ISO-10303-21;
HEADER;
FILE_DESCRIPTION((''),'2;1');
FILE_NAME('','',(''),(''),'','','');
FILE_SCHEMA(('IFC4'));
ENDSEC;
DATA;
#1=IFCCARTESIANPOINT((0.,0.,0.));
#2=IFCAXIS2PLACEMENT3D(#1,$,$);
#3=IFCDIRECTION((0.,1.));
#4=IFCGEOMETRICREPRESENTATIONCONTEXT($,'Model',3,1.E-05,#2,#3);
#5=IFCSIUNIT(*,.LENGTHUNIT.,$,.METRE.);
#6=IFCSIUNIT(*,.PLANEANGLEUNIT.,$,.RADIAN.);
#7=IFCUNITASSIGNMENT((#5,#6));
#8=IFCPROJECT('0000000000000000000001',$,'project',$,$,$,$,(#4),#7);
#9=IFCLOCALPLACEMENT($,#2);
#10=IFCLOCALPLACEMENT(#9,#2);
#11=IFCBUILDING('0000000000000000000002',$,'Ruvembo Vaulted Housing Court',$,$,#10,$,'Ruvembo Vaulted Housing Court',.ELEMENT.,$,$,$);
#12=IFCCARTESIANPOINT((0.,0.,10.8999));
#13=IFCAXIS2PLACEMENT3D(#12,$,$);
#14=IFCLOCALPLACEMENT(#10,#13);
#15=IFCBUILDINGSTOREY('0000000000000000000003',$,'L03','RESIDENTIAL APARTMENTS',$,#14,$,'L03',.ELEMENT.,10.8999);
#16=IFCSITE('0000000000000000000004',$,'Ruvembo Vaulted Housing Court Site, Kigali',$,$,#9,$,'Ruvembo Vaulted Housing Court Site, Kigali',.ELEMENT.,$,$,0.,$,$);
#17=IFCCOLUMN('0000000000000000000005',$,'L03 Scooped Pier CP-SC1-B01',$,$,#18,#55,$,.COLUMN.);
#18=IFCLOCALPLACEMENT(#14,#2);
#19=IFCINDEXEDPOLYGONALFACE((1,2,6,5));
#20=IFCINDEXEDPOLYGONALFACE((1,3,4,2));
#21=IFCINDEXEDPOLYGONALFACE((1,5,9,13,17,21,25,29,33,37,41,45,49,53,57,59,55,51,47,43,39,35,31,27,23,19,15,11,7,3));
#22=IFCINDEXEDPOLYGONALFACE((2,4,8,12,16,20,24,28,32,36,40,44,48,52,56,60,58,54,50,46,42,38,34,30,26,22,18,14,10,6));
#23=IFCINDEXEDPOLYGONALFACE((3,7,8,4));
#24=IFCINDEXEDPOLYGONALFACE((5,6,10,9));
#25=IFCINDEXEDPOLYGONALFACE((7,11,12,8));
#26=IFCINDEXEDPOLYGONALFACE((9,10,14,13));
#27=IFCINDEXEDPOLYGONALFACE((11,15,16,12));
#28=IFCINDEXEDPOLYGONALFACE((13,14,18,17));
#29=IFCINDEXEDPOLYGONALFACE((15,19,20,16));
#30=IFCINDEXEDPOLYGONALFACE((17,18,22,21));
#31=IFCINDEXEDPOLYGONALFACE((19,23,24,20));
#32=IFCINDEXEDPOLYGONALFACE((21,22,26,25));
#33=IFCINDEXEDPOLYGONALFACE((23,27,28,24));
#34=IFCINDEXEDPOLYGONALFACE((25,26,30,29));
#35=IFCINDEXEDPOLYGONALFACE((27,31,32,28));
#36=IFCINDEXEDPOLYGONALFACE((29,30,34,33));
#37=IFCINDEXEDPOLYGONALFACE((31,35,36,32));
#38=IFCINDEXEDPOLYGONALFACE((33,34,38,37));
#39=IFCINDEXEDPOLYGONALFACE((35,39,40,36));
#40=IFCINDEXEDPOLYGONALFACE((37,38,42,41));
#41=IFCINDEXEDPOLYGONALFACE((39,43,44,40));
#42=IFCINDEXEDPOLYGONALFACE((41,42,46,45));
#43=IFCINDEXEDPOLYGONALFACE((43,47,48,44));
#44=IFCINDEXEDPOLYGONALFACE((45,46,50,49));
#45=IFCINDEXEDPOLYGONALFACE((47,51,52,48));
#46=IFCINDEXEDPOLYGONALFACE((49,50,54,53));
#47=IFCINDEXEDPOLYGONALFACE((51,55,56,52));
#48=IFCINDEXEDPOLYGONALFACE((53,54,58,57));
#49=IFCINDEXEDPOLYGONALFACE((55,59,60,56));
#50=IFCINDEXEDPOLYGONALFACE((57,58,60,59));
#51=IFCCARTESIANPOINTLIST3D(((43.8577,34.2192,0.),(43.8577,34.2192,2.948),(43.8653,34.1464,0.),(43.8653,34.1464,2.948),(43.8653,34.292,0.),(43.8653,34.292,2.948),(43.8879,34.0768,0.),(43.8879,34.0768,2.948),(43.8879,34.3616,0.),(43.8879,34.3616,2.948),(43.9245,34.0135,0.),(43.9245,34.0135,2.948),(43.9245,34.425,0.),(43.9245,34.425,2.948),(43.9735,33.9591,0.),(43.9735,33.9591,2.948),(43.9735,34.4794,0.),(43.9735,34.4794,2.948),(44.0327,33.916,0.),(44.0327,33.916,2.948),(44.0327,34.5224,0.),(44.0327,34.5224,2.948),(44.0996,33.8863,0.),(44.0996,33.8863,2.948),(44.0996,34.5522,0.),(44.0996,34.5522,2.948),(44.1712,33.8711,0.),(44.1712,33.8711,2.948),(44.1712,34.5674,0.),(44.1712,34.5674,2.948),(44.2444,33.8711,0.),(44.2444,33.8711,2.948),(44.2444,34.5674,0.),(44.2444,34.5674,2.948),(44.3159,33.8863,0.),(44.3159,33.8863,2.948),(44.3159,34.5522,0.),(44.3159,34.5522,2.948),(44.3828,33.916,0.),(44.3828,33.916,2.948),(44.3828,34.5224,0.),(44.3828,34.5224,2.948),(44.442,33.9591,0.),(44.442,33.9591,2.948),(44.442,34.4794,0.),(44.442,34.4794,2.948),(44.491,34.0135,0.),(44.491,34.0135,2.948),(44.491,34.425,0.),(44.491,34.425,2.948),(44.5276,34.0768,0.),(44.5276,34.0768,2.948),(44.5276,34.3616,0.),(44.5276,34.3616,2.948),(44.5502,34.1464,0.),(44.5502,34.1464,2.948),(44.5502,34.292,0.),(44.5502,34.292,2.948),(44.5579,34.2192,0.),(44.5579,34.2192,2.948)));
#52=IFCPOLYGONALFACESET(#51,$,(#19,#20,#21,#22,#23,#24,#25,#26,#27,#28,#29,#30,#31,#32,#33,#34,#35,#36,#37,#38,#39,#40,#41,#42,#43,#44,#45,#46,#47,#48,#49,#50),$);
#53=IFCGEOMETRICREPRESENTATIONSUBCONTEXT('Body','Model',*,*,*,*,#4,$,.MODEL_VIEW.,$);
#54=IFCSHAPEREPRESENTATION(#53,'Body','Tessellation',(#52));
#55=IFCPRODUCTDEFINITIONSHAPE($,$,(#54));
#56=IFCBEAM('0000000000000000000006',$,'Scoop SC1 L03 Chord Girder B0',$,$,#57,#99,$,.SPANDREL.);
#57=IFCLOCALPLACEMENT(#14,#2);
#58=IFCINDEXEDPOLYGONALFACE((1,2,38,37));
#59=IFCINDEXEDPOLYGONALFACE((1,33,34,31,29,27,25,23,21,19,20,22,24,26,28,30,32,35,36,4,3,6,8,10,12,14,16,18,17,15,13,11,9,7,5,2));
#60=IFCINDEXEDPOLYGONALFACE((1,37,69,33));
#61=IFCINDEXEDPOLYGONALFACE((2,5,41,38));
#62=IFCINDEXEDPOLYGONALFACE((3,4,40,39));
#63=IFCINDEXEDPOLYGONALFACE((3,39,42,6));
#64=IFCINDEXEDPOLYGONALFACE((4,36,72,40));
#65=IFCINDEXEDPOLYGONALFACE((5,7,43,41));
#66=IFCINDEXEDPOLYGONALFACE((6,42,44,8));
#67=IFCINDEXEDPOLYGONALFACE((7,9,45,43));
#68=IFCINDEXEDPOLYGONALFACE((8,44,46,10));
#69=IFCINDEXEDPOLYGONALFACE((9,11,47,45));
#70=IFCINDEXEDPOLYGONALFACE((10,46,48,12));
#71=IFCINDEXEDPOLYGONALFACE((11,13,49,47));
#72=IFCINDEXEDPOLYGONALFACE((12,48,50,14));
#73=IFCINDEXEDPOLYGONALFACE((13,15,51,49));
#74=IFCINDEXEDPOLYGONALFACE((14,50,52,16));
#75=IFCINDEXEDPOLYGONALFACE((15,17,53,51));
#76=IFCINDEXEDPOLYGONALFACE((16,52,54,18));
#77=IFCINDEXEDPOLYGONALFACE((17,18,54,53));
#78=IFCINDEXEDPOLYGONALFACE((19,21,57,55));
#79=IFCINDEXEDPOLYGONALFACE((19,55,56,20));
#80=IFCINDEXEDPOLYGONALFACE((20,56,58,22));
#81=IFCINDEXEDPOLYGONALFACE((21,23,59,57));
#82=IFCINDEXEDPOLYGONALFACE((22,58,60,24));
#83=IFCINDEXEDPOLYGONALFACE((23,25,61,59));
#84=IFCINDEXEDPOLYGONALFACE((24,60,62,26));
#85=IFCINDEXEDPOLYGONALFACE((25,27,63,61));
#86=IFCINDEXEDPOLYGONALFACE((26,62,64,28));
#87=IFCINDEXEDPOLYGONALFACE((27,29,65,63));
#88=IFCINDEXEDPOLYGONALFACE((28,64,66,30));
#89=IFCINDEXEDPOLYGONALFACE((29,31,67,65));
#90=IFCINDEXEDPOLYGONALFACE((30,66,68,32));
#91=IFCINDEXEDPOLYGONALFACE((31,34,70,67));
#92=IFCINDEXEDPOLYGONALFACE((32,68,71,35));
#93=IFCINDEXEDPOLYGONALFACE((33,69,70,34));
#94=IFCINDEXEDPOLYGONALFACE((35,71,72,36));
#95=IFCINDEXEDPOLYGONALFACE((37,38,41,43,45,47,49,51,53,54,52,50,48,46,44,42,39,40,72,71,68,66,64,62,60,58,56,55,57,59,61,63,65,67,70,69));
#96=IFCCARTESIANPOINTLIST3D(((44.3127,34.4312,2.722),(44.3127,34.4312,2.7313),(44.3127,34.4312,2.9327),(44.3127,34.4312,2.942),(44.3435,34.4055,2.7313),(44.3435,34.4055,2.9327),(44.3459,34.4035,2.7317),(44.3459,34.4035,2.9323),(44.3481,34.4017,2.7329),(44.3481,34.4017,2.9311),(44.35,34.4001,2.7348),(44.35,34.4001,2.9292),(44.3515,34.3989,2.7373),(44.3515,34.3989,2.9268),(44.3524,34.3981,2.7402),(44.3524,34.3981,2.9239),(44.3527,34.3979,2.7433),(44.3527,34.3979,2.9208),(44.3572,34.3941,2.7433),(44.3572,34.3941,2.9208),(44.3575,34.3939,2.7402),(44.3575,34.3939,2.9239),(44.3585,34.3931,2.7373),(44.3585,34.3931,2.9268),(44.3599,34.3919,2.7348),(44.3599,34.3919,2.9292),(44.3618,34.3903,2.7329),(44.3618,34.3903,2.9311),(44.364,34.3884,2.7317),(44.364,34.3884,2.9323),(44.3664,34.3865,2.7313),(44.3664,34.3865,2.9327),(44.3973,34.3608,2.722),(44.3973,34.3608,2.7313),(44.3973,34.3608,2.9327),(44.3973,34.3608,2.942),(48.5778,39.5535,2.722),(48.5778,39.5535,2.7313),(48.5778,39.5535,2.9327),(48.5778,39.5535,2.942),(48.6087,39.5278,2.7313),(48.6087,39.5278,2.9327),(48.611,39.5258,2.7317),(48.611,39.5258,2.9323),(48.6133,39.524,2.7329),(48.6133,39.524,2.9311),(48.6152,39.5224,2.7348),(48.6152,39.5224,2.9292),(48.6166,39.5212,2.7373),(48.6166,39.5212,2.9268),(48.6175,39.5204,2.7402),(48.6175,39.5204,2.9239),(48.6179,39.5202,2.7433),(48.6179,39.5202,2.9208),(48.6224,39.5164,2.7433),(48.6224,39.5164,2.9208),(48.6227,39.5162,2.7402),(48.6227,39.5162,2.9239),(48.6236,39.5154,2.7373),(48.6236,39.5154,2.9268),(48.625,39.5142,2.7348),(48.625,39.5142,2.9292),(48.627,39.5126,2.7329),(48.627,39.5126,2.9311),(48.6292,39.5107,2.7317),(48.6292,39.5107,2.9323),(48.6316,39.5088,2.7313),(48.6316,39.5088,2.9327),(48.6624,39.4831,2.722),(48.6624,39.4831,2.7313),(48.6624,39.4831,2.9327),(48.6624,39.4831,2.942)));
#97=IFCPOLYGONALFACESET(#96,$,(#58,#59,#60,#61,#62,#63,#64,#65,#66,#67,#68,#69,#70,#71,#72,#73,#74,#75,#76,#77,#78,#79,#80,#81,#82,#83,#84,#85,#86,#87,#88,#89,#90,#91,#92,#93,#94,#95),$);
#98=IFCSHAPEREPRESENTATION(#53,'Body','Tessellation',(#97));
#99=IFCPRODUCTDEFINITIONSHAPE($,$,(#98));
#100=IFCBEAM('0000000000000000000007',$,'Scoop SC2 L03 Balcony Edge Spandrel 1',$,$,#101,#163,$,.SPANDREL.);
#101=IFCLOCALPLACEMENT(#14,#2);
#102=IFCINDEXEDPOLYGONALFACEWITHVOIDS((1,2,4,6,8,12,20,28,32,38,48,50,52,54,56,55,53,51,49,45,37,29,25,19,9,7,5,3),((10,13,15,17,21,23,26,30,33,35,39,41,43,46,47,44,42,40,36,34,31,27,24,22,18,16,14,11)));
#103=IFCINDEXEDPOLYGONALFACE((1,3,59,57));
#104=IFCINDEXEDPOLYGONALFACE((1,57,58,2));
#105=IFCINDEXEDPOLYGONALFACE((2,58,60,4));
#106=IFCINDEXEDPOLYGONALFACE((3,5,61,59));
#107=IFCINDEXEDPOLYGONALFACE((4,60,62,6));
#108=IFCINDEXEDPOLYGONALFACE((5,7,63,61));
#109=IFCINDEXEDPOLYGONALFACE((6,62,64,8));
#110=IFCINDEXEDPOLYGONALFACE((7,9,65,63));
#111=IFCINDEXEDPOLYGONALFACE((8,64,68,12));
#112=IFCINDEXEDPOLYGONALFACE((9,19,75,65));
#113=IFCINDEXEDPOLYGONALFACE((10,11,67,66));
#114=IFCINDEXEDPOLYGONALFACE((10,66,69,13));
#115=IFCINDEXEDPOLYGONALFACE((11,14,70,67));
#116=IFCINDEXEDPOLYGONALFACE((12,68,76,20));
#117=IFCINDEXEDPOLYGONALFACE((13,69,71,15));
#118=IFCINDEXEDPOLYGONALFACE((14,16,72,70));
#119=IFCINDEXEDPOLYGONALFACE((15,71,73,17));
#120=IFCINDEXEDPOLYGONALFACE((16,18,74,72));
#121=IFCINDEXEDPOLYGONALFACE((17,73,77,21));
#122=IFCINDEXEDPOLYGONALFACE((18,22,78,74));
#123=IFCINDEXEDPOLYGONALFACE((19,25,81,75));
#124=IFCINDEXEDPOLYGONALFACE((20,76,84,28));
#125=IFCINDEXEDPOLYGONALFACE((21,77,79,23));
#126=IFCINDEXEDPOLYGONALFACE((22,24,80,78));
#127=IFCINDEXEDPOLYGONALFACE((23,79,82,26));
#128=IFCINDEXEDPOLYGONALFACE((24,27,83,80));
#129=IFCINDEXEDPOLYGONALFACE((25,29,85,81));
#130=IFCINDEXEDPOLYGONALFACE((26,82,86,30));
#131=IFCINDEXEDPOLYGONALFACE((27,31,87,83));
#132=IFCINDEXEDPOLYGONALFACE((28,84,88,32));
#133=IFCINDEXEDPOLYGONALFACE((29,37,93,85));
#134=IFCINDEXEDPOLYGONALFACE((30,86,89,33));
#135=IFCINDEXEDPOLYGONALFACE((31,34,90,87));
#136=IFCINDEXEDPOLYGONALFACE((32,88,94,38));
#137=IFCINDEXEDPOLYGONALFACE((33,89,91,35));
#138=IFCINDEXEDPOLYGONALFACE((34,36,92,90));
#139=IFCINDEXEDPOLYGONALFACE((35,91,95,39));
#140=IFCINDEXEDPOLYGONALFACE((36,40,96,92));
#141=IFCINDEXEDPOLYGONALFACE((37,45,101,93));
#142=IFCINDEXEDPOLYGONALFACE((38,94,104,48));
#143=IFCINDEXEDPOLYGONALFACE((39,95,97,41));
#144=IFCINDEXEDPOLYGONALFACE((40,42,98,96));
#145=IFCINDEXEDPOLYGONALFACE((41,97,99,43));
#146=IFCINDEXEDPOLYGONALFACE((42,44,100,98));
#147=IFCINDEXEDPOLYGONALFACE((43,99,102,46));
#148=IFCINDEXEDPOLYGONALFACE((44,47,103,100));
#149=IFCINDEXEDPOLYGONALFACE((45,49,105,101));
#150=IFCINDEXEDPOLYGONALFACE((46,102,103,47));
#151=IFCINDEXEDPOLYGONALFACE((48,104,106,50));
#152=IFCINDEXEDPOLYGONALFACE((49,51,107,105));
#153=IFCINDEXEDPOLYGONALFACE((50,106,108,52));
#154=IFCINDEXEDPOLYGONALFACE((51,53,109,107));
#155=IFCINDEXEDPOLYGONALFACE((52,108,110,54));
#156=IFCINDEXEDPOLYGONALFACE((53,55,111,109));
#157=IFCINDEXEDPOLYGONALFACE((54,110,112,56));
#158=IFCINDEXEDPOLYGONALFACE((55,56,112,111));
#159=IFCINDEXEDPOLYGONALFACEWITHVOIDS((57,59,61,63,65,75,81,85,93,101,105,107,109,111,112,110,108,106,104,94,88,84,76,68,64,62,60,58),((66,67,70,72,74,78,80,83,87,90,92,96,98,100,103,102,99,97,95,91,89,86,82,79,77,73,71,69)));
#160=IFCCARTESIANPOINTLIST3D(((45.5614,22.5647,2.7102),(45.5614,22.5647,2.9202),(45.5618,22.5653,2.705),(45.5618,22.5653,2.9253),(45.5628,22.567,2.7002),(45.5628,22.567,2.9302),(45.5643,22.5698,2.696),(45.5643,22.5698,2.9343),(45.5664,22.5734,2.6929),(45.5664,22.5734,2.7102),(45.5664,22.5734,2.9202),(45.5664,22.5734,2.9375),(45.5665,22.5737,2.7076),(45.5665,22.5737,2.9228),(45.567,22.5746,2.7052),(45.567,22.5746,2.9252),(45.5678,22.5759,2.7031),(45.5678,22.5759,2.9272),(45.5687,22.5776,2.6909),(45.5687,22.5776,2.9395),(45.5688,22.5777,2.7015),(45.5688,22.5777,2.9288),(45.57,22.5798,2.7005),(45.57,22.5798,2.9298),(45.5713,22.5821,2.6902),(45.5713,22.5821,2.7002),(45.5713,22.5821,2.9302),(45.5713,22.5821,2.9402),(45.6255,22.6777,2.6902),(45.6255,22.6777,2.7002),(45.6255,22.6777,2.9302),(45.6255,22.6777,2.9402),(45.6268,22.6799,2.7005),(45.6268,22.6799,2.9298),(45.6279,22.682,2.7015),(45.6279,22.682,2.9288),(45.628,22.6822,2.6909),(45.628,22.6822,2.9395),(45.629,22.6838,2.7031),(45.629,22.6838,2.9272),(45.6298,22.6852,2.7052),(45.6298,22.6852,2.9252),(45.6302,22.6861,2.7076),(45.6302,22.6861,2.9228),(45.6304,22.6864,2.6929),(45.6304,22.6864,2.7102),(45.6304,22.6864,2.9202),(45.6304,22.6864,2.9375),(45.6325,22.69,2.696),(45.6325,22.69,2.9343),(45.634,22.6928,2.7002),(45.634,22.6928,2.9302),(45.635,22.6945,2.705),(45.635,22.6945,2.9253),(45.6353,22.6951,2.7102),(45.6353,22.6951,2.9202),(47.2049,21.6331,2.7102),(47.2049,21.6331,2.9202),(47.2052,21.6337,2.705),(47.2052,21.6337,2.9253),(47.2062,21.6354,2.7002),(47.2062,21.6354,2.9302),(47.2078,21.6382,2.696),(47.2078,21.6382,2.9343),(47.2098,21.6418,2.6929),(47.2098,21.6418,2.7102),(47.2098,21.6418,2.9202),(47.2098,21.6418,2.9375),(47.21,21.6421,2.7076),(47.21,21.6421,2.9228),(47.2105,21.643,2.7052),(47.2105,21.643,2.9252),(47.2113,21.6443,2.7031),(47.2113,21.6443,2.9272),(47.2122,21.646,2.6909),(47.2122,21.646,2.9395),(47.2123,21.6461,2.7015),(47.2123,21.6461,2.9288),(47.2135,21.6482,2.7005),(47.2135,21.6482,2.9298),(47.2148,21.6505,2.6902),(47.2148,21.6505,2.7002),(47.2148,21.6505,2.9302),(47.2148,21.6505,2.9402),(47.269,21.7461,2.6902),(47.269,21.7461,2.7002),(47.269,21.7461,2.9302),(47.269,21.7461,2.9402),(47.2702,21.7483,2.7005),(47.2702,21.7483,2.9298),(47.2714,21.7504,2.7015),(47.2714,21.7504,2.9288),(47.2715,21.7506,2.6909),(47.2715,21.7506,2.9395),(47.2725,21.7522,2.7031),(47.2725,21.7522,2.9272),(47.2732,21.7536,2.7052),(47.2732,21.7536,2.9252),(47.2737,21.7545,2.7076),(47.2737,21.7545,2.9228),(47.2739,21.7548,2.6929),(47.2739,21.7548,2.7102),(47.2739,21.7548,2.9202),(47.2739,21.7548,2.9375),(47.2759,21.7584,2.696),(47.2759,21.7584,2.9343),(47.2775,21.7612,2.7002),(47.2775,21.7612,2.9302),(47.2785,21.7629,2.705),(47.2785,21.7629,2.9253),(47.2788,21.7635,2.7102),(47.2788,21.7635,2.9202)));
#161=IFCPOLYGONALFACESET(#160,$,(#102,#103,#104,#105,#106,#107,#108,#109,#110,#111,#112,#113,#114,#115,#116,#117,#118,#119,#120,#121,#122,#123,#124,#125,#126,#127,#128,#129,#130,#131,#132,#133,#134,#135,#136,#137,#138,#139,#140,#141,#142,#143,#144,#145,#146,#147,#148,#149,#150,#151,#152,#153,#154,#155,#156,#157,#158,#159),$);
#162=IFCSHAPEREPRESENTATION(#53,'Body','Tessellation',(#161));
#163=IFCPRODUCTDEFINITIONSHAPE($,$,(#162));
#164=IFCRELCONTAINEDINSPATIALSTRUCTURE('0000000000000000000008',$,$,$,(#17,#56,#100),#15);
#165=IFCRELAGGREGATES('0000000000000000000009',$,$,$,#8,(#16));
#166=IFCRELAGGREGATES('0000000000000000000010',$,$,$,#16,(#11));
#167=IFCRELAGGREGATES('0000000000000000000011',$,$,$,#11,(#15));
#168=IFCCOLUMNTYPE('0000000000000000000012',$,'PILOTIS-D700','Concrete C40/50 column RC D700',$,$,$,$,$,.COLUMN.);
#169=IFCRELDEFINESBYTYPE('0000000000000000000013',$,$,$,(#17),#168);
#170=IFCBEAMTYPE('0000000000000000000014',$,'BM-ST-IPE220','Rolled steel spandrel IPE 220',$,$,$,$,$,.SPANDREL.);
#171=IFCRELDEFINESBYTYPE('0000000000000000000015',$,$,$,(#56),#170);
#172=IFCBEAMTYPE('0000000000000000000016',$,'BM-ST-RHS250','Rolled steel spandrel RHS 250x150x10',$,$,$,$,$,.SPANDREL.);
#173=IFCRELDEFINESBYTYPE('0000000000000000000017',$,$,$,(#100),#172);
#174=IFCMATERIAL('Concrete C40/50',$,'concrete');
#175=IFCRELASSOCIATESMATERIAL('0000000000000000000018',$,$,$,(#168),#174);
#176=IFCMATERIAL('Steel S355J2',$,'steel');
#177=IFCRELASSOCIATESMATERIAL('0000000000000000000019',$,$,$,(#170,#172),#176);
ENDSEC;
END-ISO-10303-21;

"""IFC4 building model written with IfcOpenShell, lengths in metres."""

from ifc_helpers import new_model, si_unit, direction, frame, origin, origin_2d, place, context, subcontext, project, spatial, hollow_rectangle, circle, i_section, extrude, material, material_profile, profile_set, type_object, element, save


model = new_model("IFC4")

# Units and contexts
model_context = context("Model", 3, precision=1e-05, world=origin(), true_north=direction((0.0, 1.0)))
body_context = subcontext(model_context, "Body", "Model", "MODEL_VIEW")
ifc_project = project(units=[si_unit("LENGTHUNIT", "METRE"), si_unit("PLANEANGLEUNIT", "RADIAN")], contexts=[model_context])

# Site, building, storey
site_placement = place(None, origin())
site = spatial("IfcSite", under=ifc_project, at=site_placement, Name="Ruvembo Vaulted Housing Court Site, Kigali", LongName="Ruvembo Vaulted Housing Court Site, Kigali", CompositionType="ELEMENT", RefElevation=0.0)
building_placement = place(site_placement, origin())
building = spatial("IfcBuilding", under=site, at=building_placement, Name="Ruvembo Vaulted Housing Court", LongName="Ruvembo Vaulted Housing Court", CompositionType="ELEMENT")
storey_placement = place(building_placement, frame((0.0, 0.0, 10.8999)))
storey = spatial("IfcBuildingStorey", under=building, at=storey_placement, Name="L03", Description="RESIDENTIAL APARTMENTS", LongName="L03", CompositionType="ELEMENT", Elevation=10.8999)

# Column
ifc_material_1 = material(Name="Concrete C40/50", Category="concrete")
ifc_material_profile_1 = material_profile(ifc_material_1, circle(Radius=0.3501, at=origin_2d()), Name="RC D700")
ifc_profile_set_1 = profile_set([ifc_material_profile_1], Name="Concrete C40/50")
column_type = type_object("IfcColumnType", Name="PILOTIS-D700", Description="Concrete C40/50 column RC D700", PredefinedType="COLUMN", material=ifc_profile_set_1)
column_placement = place(storey_placement, frame((44.2078, 34.2192, 0.0), z_axis=(0.0, 0.0, 1.0), x_axis=(1.0, 0.0, 0.0)))
element("IfcColumn", 1, at=column_placement, inside=storey, type_object=column_type, Name="L03 Scooped Pier CP-SC1-B01", PredefinedType="COLUMN", context=body_context, shape_type="SweptSolid", body=[
    extrude(circle(Radius=0.3501, at=origin_2d()), origin(), (0.0, 0.0, 1.0), 2.948),
])

# Beams
ifc_material_2 = material(Name="Steel S355J2", Category="steel")
ifc_material_profile_2 = material_profile(ifc_material_2, i_section(OverallWidth=0.1101, OverallDepth=0.22, WebThickness=0.0059, FlangeThickness=0.0093, FilletRadius=0.012, at=origin_2d()), Name="IPE 220")
ifc_profile_set_2 = profile_set([ifc_material_profile_2], Name="Steel S355J2")
beam_type_1 = type_object("IfcBeamType", Name="BM-ST-IPE220", Description="Rolled steel spandrel IPE 220", PredefinedType="SPANDREL", material=ifc_profile_set_2)
beam_1_placement = place(storey_placement, frame((44.355, 34.396, 2.832), z_axis=(0.639878, 0.768476, 0.0), x_axis=(-0.768476, 0.639878, 0.0)))
element("IfcBeam", 2, at=beam_1_placement, inside=storey, type_object=beam_type_1, Name="Scoop SC1 L03 Chord Girder B0", PredefinedType="SPANDREL", context=body_context, shape_type="SweptSolid", body=[
    extrude(i_section(OverallWidth=0.1101, OverallDepth=0.22, WebThickness=0.0059, FlangeThickness=0.0093, FilletRadius=0.012, at=origin_2d()), origin(), (0.0, 0.0, 1.0), 6.6655),
])
ifc_material_profile_3 = material_profile(ifc_material_2, hollow_rectangle(XDim=0.1499, YDim=0.25, WallThickness=0.01, InnerFilletRadius=0.01, OuterFilletRadius=0.02, at=origin_2d()), Name="RHS 250x150x10")
ifc_profile_set_3 = profile_set([ifc_material_profile_3], Name="Steel S355J2")
beam_type_2 = type_object("IfcBeamType", Name="BM-ST-RHS250", Description="Rolled steel spandrel RHS 250x150x10", PredefinedType="SPANDREL", material=ifc_profile_set_3)
beam_2_placement = place(storey_placement, frame((45.5984, 22.6299, 2.8152), z_axis=(0.869956, -0.49313, 0.0), x_axis=(0.49313, 0.869956, 0.0)))
element("IfcBeam", 3, at=beam_2_placement, inside=storey, type_object=beam_type_2, Name="Scoop SC2 L03 Balcony Edge Spandrel 1", PredefinedType="SPANDREL", context=body_context, shape_type="SweptSolid", body=[
    extrude(hollow_rectangle(XDim=0.1499, YDim=0.25, WallThickness=0.01, InnerFilletRadius=0.01, OuterFilletRadius=0.02, at=origin_2d()), origin(), (0.0, 0.0, 1.0), 1.8892),
])

save(model, "model.ifc")
